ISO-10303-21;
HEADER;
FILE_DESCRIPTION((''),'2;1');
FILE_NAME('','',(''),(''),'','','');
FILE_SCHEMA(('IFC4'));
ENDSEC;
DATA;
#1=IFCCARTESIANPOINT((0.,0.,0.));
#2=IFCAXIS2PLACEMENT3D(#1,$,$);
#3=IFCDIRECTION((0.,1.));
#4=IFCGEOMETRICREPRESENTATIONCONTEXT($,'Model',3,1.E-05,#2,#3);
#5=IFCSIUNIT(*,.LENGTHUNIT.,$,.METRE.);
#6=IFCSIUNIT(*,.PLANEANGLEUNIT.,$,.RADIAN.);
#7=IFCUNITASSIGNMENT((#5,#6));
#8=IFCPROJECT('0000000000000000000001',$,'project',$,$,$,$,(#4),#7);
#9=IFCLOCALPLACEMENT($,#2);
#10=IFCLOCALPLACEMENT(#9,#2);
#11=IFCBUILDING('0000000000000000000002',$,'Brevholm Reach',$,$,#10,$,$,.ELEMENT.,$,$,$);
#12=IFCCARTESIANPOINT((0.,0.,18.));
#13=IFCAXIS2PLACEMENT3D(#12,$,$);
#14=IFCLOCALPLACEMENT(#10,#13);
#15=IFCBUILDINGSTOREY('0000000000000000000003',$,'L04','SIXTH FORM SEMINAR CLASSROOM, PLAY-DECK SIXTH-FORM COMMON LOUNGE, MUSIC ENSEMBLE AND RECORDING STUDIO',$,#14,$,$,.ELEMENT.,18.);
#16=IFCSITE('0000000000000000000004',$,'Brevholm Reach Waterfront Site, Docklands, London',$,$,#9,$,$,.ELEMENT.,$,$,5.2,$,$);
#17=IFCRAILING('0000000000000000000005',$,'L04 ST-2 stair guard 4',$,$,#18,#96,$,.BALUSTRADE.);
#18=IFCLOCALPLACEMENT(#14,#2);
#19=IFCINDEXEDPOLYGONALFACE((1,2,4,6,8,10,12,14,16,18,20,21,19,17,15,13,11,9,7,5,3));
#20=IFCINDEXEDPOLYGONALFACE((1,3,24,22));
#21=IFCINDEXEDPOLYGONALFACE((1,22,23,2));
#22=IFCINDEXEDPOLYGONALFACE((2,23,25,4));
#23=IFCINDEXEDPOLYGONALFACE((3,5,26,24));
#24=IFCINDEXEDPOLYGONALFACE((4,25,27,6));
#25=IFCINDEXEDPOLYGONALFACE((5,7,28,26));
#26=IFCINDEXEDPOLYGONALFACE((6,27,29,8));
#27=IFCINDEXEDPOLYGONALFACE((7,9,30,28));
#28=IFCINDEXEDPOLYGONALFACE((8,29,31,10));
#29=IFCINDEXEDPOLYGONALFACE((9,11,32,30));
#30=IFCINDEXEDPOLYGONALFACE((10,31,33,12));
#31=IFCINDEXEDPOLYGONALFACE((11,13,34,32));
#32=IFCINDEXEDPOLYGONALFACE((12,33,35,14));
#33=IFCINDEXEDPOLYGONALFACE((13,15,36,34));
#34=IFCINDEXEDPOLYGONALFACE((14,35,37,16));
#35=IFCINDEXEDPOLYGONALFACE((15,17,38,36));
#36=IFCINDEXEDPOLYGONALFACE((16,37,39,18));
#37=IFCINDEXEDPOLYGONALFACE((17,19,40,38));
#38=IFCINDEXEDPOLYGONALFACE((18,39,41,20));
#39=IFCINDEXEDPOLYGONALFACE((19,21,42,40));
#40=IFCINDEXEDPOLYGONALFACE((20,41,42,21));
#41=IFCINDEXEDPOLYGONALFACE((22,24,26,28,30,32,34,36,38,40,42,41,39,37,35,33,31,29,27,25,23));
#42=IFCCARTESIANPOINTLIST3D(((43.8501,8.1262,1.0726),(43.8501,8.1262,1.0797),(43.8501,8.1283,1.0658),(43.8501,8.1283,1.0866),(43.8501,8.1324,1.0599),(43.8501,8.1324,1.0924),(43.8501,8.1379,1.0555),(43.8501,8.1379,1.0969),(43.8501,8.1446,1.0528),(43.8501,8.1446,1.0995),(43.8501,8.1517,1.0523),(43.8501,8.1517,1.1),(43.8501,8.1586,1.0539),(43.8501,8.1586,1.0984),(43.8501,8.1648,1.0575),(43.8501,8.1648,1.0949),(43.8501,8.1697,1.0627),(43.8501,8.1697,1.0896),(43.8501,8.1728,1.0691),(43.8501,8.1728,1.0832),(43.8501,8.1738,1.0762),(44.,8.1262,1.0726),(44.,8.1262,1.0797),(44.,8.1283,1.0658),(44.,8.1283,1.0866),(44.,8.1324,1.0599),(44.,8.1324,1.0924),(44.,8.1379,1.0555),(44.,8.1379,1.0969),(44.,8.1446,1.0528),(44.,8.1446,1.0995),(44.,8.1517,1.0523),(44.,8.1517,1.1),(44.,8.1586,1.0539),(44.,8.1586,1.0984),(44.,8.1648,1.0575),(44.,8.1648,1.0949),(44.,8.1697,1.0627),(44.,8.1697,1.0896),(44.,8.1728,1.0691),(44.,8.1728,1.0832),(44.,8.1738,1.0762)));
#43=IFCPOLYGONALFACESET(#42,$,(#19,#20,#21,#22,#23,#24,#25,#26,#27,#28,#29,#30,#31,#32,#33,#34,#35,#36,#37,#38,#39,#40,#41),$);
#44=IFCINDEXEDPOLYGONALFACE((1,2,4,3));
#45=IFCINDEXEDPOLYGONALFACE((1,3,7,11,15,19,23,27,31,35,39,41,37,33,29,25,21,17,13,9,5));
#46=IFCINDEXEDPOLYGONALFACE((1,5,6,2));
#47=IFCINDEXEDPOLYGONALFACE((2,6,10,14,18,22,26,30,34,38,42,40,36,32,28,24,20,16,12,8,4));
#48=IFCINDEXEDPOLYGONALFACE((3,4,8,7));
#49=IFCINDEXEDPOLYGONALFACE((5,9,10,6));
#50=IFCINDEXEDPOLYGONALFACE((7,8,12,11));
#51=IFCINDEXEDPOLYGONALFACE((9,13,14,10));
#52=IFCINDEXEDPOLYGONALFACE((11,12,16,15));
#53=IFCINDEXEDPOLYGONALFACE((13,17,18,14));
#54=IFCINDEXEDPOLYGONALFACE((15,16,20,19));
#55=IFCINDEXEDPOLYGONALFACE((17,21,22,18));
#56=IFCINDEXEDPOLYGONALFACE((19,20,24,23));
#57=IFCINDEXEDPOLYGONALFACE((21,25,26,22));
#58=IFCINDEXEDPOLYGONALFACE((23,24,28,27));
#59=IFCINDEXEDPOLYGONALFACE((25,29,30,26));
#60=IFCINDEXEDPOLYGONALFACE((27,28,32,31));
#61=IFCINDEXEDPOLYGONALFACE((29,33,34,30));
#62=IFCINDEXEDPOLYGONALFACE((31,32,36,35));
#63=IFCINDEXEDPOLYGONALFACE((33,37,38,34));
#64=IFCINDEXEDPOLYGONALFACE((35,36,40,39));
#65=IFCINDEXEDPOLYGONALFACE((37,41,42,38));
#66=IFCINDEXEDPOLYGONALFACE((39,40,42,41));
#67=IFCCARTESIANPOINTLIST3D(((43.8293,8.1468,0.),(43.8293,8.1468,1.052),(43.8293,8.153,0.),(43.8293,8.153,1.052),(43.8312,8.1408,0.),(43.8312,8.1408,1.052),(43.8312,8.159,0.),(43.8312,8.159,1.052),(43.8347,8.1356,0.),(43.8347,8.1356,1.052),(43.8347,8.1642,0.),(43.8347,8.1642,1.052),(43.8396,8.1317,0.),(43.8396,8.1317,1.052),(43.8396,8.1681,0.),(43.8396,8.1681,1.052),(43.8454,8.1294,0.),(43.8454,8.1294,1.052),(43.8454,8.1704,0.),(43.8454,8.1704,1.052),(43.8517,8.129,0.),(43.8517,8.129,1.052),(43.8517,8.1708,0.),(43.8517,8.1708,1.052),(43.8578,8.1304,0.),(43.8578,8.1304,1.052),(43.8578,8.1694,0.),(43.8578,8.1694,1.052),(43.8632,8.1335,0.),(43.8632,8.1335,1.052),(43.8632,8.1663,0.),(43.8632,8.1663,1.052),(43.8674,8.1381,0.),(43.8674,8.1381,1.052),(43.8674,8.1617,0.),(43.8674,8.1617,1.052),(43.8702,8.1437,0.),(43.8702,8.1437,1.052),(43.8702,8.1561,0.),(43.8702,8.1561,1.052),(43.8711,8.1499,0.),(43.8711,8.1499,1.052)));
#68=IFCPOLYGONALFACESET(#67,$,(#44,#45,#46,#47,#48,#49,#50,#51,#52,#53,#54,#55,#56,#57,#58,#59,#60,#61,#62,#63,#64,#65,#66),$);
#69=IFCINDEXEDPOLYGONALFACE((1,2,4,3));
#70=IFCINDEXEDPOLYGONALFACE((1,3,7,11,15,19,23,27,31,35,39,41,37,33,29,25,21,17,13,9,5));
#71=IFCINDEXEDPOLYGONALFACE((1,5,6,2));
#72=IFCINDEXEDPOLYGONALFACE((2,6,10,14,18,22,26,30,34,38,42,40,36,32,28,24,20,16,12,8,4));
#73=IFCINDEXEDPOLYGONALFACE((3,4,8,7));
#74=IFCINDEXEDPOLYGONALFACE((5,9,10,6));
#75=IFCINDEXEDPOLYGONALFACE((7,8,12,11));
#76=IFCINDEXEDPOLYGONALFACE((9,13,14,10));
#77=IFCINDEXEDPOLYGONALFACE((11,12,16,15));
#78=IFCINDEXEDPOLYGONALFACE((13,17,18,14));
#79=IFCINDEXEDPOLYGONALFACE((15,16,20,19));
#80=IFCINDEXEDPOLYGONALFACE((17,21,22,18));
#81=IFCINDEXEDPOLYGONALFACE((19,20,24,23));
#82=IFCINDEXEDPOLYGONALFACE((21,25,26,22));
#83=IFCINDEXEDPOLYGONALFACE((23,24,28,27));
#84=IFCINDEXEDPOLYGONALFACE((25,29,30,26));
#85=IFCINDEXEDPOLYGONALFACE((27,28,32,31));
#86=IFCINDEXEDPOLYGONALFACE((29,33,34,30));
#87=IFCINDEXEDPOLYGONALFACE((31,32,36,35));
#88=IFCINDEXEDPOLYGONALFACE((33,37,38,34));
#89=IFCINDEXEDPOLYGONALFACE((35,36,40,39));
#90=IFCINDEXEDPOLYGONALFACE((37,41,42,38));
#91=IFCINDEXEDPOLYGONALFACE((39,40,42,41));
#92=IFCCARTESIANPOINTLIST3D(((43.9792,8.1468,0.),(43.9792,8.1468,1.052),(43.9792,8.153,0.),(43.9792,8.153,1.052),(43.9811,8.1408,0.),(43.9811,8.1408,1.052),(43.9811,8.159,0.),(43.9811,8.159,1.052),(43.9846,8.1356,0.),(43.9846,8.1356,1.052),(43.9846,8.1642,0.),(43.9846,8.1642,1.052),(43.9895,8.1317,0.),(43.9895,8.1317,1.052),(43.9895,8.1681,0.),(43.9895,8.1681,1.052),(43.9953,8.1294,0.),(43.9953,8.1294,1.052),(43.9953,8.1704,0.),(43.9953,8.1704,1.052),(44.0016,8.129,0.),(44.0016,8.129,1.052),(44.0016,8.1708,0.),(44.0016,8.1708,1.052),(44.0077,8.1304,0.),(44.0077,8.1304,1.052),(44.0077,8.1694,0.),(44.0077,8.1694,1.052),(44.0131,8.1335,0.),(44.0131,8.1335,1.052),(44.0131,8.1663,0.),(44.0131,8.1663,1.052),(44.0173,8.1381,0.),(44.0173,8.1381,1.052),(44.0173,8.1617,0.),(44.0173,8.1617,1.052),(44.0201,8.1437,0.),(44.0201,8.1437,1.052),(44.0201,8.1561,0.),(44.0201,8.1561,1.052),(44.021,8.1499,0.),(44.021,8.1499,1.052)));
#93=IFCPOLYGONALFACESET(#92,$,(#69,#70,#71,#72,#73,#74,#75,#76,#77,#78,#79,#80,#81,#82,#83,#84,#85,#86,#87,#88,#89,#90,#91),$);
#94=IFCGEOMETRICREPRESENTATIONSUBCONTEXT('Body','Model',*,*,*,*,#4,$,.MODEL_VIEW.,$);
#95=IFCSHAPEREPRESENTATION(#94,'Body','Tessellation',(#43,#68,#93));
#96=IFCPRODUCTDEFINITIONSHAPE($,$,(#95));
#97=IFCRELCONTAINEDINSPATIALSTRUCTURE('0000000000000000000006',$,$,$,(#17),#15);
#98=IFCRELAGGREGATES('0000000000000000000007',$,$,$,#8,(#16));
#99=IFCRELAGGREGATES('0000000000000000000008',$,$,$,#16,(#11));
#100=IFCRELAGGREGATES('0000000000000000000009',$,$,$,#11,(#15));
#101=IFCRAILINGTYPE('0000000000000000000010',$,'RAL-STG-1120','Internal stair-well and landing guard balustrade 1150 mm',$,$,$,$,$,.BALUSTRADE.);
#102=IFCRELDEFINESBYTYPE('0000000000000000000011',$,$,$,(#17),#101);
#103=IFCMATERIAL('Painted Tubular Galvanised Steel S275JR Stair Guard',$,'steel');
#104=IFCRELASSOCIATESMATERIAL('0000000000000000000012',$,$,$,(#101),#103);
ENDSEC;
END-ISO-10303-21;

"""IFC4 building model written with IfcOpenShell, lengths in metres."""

from ifc_helpers import new_model, si_unit, direction, frame, origin, origin_2d, place, context, subcontext, project, spatial, circle, extrude, material, type_object, element, save


model = new_model("IFC4")

# Units and contexts
model_context = context("Model", 3, precision=1e-05, world=origin(), true_north=direction((0.0, 1.0)))
body_context = subcontext(model_context, "Body", "Model", "MODEL_VIEW")
ifc_project = project(units=[si_unit("LENGTHUNIT", "METRE"), si_unit("PLANEANGLEUNIT", "RADIAN")], contexts=[model_context])

# Site, building, storey
site_placement = place(None, origin())
site = spatial("IfcSite", under=ifc_project, at=site_placement, Name="Brevholm Reach Waterfront Site, Docklands, London", CompositionType="ELEMENT", RefElevation=5.2)
building_placement = place(site_placement, origin())
building = spatial("IfcBuilding", under=site, at=building_placement, Name="Brevholm Reach", CompositionType="ELEMENT")
storey_placement = place(building_placement, frame((0.0, 0.0, 18.0)))
storey = spatial("IfcBuildingStorey", under=building, at=storey_placement, Name="L04", Description="SIXTH FORM SEMINAR CLASSROOM, PLAY-DECK SIXTH-FORM COMMON LOUNGE, MUSIC ENSEMBLE AND RECORDING STUDIO", CompositionType="ELEMENT", Elevation=18.0)

# Railing
ifc_material_1 = material(Name="Painted Tubular Galvanised Steel S275JR Stair Guard", Category="steel")
railing_type_1 = type_object("IfcRailingType", Name="RAL-STG-1120", Description="Internal stair-well and landing guard balustrade 1150 mm", PredefinedType="BALUSTRADE", material=ifc_material_1)
railing_1_placement = place(storey_placement, frame((43.8501, 8.1499, 0.0)))
element("IfcRailing", 1, at=railing_1_placement, inside=storey, type_object=railing_type_1, Name="L04 ST-2 stair guard 4", PredefinedType="BALUSTRADE", context=body_context, shape_type="SweptSolid", body=[
    extrude(circle(Radius=0.0239, at=origin_2d()), frame((0.0, 0.0, 1.0762), z_axis=(1.0, 0.0, 0.0), x_axis=(0.0, 1.0, 0.0)), (0.0, 0.0, 1.0), 0.1499),
    extrude(circle(Radius=0.021, at=origin_2d()), origin(), (0.0, 0.0, 1.0), 1.052),
    extrude(circle(Radius=0.021, at=origin_2d()), frame((0.1499, 0.0, 0.0)), (0.0, 0.0, 1.0), 1.052),
])

save(model, "model.ifc")
